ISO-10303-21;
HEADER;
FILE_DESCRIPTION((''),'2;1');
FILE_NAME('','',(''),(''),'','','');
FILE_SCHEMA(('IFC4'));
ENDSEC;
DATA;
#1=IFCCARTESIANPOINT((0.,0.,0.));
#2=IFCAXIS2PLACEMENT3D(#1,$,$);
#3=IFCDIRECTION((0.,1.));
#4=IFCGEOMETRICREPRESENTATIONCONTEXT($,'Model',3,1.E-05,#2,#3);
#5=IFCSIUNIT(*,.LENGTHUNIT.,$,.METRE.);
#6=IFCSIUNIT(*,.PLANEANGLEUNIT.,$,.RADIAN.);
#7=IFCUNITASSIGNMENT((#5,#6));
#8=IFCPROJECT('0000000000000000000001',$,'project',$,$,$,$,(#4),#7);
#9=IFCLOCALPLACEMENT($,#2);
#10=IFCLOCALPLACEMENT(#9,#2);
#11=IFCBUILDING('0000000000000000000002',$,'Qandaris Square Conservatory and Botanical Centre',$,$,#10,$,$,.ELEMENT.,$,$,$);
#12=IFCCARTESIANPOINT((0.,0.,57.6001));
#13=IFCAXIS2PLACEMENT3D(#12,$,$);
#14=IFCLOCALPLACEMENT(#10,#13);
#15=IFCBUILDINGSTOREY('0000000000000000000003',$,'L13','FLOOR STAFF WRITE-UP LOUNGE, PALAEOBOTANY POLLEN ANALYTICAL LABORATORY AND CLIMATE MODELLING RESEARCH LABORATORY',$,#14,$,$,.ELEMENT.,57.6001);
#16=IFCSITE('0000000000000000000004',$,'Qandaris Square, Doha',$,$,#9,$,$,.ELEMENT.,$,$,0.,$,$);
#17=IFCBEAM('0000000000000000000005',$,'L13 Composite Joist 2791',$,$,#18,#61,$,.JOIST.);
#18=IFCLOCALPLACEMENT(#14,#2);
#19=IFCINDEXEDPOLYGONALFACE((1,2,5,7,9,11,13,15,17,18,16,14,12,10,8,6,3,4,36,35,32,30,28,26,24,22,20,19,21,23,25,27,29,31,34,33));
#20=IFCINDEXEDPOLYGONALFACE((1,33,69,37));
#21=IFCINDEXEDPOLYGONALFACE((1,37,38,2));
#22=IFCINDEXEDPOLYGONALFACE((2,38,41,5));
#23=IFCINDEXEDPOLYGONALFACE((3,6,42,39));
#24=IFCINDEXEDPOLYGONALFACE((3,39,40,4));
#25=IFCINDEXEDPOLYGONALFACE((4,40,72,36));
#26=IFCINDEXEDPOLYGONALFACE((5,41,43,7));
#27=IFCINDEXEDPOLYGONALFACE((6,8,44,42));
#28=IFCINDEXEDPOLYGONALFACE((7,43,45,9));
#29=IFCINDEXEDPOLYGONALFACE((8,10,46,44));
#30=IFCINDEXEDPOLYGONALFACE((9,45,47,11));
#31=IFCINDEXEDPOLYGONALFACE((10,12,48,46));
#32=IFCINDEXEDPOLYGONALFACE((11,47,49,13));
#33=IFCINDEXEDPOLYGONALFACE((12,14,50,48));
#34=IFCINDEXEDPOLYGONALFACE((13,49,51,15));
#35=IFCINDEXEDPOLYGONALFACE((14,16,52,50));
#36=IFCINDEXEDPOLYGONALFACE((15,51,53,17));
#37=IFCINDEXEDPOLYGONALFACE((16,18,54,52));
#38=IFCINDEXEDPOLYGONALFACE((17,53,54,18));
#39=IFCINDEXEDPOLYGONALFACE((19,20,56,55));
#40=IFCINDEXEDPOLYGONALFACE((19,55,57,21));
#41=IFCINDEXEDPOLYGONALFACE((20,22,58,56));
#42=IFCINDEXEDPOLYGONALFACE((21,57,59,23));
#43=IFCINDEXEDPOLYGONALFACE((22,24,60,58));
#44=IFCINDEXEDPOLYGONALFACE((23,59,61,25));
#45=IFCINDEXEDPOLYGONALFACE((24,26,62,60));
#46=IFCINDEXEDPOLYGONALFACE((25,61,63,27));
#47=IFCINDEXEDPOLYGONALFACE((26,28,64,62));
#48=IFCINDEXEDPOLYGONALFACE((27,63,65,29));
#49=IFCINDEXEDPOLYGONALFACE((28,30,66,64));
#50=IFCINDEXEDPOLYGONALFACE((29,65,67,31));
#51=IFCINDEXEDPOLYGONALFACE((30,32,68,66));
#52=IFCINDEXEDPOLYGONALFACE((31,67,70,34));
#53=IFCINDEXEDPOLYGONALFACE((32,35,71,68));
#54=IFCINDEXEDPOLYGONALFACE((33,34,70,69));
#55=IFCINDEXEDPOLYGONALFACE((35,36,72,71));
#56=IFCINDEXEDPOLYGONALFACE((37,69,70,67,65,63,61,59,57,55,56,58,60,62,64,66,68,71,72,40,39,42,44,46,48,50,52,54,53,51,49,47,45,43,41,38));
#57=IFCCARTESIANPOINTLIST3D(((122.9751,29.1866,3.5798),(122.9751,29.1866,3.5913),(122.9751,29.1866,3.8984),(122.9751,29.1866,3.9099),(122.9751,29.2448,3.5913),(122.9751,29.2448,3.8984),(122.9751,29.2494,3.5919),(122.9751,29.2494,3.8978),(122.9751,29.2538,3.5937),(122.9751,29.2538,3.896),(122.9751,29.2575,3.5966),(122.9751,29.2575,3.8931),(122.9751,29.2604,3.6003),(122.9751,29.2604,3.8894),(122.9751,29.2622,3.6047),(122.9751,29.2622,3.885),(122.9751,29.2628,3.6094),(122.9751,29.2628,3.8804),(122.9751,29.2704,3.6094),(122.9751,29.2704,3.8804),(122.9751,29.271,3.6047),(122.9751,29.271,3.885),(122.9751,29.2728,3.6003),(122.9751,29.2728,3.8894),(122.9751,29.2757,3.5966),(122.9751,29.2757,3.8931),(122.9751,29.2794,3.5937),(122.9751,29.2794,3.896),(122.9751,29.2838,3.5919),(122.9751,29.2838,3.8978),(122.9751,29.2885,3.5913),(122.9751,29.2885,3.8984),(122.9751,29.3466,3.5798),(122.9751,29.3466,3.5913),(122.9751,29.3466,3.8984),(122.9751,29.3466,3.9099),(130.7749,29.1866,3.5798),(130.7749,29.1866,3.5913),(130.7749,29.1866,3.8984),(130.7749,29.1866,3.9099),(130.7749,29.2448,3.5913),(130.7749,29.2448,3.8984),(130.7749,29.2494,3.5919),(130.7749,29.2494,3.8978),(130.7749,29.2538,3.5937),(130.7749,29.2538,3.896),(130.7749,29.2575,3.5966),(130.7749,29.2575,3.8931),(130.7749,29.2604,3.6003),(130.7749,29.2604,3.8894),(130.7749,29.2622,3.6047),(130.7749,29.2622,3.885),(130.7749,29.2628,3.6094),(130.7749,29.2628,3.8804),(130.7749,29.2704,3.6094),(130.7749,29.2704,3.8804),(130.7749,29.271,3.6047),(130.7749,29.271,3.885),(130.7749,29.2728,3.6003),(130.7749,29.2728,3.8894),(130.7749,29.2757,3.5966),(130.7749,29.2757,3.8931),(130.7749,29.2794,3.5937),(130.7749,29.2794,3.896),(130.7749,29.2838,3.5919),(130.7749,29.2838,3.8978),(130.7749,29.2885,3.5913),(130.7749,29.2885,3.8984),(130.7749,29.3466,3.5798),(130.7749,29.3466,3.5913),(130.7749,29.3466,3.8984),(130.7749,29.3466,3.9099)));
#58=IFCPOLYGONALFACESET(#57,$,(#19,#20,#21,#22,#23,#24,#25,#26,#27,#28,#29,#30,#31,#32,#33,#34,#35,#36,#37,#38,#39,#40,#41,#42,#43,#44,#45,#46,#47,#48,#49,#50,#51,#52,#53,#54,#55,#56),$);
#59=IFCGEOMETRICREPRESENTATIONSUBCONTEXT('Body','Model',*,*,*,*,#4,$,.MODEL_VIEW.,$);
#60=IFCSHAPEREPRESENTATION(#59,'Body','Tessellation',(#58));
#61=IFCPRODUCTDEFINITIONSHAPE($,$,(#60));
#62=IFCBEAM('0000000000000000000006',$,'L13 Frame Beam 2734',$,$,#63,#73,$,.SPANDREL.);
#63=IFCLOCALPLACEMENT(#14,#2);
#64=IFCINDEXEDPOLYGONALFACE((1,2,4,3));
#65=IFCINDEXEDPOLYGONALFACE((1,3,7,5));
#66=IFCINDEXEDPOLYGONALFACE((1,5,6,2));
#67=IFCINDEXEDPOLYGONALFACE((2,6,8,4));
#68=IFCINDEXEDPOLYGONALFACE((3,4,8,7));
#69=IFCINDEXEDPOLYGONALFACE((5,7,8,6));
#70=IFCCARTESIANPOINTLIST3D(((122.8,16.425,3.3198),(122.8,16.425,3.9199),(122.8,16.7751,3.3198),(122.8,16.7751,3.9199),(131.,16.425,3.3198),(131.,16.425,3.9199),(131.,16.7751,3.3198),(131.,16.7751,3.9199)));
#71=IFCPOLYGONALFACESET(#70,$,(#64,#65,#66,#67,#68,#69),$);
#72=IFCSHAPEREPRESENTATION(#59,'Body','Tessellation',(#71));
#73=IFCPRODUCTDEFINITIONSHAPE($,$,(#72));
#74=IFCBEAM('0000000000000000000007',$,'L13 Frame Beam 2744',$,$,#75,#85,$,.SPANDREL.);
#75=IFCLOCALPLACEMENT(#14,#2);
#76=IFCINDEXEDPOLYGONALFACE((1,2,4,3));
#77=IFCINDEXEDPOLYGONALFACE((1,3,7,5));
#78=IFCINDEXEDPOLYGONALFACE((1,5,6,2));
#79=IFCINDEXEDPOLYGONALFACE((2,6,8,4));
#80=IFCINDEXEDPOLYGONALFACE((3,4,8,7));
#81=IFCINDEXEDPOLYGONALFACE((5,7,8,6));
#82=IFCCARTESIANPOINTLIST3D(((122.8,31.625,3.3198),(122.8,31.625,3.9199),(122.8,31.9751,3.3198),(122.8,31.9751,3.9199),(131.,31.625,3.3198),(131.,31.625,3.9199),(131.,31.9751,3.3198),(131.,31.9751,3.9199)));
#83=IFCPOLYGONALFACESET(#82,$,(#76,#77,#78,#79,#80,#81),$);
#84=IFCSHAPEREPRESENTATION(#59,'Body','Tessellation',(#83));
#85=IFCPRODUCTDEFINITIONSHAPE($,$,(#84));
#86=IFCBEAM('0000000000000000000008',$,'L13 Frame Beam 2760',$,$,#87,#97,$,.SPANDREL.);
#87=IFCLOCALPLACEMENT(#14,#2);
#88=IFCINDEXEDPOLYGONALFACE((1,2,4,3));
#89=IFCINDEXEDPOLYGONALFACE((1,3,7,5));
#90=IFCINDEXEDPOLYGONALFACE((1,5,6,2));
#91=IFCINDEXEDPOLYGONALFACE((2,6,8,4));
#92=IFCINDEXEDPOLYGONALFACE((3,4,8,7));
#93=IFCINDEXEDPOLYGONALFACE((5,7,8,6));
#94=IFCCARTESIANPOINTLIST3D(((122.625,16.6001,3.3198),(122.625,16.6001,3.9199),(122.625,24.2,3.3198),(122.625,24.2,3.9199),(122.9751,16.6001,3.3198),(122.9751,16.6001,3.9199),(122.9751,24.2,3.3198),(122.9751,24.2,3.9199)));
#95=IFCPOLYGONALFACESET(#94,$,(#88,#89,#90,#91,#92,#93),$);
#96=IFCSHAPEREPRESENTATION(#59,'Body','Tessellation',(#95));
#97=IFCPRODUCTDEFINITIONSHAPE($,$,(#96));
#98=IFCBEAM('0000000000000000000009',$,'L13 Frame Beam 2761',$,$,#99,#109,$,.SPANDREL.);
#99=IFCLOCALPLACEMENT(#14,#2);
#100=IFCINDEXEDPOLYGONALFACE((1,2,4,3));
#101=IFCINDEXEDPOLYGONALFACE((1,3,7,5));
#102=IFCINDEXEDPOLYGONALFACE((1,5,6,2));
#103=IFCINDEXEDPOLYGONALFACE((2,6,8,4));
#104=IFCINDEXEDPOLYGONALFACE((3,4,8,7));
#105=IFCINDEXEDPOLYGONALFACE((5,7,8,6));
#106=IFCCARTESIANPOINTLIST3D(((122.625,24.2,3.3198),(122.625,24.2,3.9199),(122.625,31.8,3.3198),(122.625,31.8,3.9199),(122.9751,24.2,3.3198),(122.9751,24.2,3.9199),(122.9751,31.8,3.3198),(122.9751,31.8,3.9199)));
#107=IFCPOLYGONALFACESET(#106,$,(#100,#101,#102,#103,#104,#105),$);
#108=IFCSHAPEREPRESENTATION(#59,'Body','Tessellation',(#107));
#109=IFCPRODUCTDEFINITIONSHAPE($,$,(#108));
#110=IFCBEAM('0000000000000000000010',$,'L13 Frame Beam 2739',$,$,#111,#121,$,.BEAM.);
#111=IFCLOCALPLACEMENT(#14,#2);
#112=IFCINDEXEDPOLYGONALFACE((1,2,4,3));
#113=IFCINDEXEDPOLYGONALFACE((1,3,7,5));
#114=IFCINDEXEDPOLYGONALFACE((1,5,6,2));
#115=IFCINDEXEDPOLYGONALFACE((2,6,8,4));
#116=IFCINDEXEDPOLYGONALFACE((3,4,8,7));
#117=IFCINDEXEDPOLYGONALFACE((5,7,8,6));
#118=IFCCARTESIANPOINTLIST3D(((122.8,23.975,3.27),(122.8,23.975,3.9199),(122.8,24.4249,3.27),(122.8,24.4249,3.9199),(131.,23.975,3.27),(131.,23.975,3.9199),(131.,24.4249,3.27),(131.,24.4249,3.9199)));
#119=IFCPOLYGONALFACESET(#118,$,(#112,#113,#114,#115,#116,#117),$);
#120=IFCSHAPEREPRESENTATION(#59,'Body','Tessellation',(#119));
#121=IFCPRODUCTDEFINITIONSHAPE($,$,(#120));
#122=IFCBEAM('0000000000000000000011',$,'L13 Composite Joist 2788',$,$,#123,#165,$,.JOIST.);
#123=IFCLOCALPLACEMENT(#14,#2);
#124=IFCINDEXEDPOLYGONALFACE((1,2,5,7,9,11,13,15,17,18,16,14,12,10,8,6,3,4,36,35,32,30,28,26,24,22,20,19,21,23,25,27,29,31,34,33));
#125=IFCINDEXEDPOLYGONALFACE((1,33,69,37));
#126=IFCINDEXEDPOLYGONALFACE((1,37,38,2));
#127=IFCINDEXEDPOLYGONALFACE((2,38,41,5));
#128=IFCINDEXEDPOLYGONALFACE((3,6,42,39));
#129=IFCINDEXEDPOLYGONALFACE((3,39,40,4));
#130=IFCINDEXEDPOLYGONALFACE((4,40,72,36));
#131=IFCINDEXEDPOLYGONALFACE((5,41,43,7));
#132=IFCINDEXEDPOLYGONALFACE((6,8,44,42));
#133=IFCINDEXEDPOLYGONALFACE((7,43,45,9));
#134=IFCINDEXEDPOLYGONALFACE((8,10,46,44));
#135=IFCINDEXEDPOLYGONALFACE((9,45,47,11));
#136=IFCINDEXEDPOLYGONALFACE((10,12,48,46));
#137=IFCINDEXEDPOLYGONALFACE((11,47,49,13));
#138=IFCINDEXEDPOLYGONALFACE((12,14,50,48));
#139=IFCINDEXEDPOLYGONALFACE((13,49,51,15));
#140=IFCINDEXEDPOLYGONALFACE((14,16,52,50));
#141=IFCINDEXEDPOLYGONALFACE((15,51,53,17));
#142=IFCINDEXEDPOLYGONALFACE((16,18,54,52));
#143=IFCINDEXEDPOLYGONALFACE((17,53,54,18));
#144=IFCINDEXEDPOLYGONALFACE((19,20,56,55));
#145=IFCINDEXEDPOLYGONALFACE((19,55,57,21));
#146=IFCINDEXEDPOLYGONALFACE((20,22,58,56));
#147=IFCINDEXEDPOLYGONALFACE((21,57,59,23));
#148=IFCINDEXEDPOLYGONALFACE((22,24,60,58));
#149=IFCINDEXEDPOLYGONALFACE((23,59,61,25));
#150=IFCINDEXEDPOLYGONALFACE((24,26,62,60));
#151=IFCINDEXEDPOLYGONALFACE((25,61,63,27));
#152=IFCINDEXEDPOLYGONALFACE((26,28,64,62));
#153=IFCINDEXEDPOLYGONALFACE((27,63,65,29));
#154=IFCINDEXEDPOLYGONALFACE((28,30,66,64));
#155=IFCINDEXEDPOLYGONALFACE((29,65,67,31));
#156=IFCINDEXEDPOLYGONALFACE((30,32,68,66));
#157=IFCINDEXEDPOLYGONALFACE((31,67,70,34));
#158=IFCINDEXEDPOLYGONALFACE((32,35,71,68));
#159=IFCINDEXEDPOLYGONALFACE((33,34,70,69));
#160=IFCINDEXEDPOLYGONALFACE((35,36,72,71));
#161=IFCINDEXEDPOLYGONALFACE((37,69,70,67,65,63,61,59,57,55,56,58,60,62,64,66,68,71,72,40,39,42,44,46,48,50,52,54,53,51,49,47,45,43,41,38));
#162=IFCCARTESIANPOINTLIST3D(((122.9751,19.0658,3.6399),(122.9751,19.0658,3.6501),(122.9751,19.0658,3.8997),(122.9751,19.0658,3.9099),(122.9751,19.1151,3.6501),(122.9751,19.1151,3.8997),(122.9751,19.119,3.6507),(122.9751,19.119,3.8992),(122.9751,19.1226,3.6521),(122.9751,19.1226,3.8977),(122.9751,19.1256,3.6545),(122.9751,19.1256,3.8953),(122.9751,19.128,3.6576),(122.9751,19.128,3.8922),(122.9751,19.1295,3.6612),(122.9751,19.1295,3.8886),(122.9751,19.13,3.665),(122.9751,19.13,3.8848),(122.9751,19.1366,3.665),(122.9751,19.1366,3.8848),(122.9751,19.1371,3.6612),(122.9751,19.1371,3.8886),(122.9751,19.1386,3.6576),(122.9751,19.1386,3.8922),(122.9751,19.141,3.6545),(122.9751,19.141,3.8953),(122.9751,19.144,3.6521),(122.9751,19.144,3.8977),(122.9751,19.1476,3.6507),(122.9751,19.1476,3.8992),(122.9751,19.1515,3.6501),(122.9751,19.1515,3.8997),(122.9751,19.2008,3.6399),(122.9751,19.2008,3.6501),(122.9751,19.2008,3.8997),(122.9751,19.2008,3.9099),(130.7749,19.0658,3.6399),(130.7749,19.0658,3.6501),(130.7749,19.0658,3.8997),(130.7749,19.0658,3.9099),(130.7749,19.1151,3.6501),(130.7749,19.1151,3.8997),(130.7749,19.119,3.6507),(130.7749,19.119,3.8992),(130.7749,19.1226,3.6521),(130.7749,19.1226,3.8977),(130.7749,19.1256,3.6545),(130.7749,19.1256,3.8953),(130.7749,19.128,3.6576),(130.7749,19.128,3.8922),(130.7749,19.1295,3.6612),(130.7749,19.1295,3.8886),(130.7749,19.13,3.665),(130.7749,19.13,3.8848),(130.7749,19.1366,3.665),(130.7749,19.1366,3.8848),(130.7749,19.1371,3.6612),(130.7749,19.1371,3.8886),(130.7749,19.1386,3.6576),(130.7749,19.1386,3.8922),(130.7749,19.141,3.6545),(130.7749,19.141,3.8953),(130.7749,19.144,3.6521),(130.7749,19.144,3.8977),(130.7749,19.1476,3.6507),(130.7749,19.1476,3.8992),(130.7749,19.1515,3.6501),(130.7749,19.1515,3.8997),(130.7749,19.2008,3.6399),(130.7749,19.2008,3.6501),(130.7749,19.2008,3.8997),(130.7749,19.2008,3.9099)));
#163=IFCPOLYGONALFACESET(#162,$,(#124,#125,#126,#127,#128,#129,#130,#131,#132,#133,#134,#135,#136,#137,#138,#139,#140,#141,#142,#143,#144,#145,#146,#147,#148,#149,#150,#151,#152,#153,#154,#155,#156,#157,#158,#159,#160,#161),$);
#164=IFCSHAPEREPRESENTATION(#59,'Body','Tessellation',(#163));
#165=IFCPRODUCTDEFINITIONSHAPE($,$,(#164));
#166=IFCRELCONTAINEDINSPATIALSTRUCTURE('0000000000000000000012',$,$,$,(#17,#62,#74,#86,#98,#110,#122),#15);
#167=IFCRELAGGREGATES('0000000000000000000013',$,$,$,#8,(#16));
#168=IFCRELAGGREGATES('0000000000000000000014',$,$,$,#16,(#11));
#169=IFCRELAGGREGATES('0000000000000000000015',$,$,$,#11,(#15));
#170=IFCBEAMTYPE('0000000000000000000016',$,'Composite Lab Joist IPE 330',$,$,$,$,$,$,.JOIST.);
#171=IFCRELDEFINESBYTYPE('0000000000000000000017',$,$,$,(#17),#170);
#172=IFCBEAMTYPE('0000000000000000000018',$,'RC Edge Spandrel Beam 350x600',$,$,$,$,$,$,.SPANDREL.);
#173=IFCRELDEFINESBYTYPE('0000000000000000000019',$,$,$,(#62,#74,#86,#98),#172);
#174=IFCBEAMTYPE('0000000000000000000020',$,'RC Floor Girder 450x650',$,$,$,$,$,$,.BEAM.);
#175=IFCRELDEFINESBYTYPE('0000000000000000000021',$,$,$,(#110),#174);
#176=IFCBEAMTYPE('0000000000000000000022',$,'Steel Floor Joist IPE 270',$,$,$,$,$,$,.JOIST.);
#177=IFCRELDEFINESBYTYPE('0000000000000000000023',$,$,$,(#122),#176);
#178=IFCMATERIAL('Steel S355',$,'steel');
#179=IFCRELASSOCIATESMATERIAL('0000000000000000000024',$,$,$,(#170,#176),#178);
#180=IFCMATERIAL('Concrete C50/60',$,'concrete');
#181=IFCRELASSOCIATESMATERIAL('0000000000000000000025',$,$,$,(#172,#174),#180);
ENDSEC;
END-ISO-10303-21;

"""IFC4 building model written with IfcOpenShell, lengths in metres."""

from ifc_helpers import new_model, si_unit, direction, frame, origin, origin_2d, place, context, subcontext, project, spatial, rectangle, i_section, extrude, material, material_profile, profile_set, type_object, element, save


model = new_model("IFC4")

# Units and contexts
model_context = context("Model", 3, precision=1e-05, world=origin(), true_north=direction((0.0, 1.0)))
body_context = subcontext(model_context, "Body", "Model", "MODEL_VIEW")
ifc_project = project(units=[si_unit("LENGTHUNIT", "METRE"), si_unit("PLANEANGLEUNIT", "RADIAN")], contexts=[model_context])

# Site, building, storey
site_placement = place(None, origin())
site = spatial("IfcSite", under=ifc_project, at=site_placement, Name="Qandaris Square, Doha", CompositionType="ELEMENT", RefElevation=0.0)
building_placement = place(site_placement, origin())
building = spatial("IfcBuilding", under=site, at=building_placement, Name="Qandaris Square Conservatory and Botanical Centre", CompositionType="ELEMENT")
storey_placement = place(building_placement, frame((0.0, 0.0, 57.6001)))
storey = spatial("IfcBuildingStorey", under=building, at=storey_placement, Name="L13", Description="FLOOR STAFF WRITE-UP LOUNGE, PALAEOBOTANY POLLEN ANALYTICAL LABORATORY AND CLIMATE MODELLING RESEARCH LABORATORY", CompositionType="ELEMENT", Elevation=57.6001)

# Shared definitions
ifc_material_1 = material(Name="Concrete C50/60", Category="concrete")

# Beams
ifc_material_2 = material(Name="Steel S355", Category="steel")
ifc_material_profile_1 = material_profile(ifc_material_2, i_section(OverallWidth=0.1599, OverallDepth=0.3301, WebThickness=0.0076, FlangeThickness=0.0115, FilletRadius=0.0181, at=origin_2d()), Name="IPE 330")
ifc_profile_set_1 = profile_set([ifc_material_profile_1], Name="Steel S355")
beam_type_1 = type_object("IfcBeamType", Name="Composite Lab Joist IPE 330", PredefinedType="JOIST", material=ifc_profile_set_1)
beam_1_placement = place(storey_placement, frame((122.9751, 29.2666, 3.7449), z_axis=(1.0, 0.0, 0.0), x_axis=(0.0, 1.0, 0.0)))
element("IfcBeam", 1, at=beam_1_placement, inside=storey, type_object=beam_type_1, Name="L13 Composite Joist 2791", PredefinedType="JOIST", context=body_context, shape_type="SweptSolid", body=[
    extrude(i_section(OverallWidth=0.1599, OverallDepth=0.3301, WebThickness=0.0076, FlangeThickness=0.0115, FilletRadius=0.0181, at=origin_2d()), origin(), (0.0, 0.0, 1.0), 7.7998),
])
ifc_material_profile_2 = material_profile(ifc_material_1, rectangle(XDim=0.3501, YDim=0.6001, at=origin_2d()), Name="RC-SP 350x600")
ifc_profile_set_2 = profile_set([ifc_material_profile_2], Name="Concrete C50/60")
beam_type_2 = type_object("IfcBeamType", Name="RC Edge Spandrel Beam 350x600", PredefinedType="SPANDREL", material=ifc_profile_set_2)
for number, where, z_axis, x_axis, name in (
    (2, (122.8, 16.6001, 3.6199), (1.0, 0.0, 0.0), (0.0, 1.0, 0.0), "L13 Frame Beam 2734"),
    (3, (122.8, 31.8, 3.6199), (1.0, 0.0, 0.0), (0.0, 1.0, 0.0), "L13 Frame Beam 2744"),
):
    element("IfcBeam", number, at=place(storey_placement, frame(where, z_axis=z_axis, x_axis=x_axis)), inside=storey, type_object=beam_type_2, Name=name, PredefinedType="SPANDREL", context=body_context, shape_type="SweptSolid", body=[
        extrude(rectangle(XDim=0.3501, YDim=0.6001, at=origin_2d()), origin(), (0.0, 0.0, 1.0), 8.2),
    ])
beam_2_placement = place(storey_placement, frame((122.8, 16.6001, 3.6199), z_axis=(0.0, 1.0, 0.0), x_axis=(-1.0, 0.0, 0.0)))
element("IfcBeam", 4, at=beam_2_placement, inside=storey, type_object=beam_type_2, Name="L13 Frame Beam 2760", PredefinedType="SPANDREL", context=body_context, shape_type="SweptSolid", body=[
    extrude(rectangle(XDim=0.3501, YDim=0.6001, at=origin_2d()), origin(), (0.0, 0.0, 1.0), 7.5999),
])
beam_3_placement = place(storey_placement, frame((122.8, 24.2, 3.6199), z_axis=(0.0, 1.0, 0.0), x_axis=(-1.0, 0.0, 0.0)))
element("IfcBeam", 5, at=beam_3_placement, inside=storey, type_object=beam_type_2, Name="L13 Frame Beam 2761", PredefinedType="SPANDREL", context=body_context, shape_type="SweptSolid", body=[
    extrude(rectangle(XDim=0.3501, YDim=0.6001, at=origin_2d()), origin(), (0.0, 0.0, 1.0), 7.6001),
])
ifc_material_profile_3 = material_profile(ifc_material_1, rectangle(XDim=0.45, YDim=0.6499, at=origin_2d()), Name="RC-BM 450x650")
ifc_profile_set_3 = profile_set([ifc_material_profile_3], Name="Concrete C50/60")
beam_type_3 = type_object("IfcBeamType", Name="RC Floor Girder 450x650", PredefinedType="BEAM", material=ifc_profile_set_3)
beam_4_placement = place(storey_placement, frame((122.8, 24.2, 3.595), z_axis=(1.0, 0.0, 0.0), x_axis=(0.0, 1.0, 0.0)))
element("IfcBeam", 6, at=beam_4_placement, inside=storey, type_object=beam_type_3, Name="L13 Frame Beam 2739", PredefinedType="BEAM", context=body_context, shape_type="SweptSolid", body=[
    extrude(rectangle(XDim=0.45, YDim=0.6499, at=origin_2d()), origin(), (0.0, 0.0, 1.0), 8.2),
])
ifc_material_profile_4 = material_profile(ifc_material_2, i_section(OverallWidth=0.135, OverallDepth=0.27, WebThickness=0.0066, FlangeThickness=0.0103, FilletRadius=0.0149, at=origin_2d()), Name="IPE 270")
ifc_profile_set_4 = profile_set([ifc_material_profile_4], Name="Steel S355")
beam_type_4 = type_object("IfcBeamType", Name="Steel Floor Joist IPE 270", PredefinedType="JOIST", material=ifc_profile_set_4)
beam_5_placement = place(storey_placement, frame((122.9751, 19.1333, 3.7749), z_axis=(1.0, 0.0, 0.0), x_axis=(0.0, 1.0, 0.0)))
element("IfcBeam", 7, at=beam_5_placement, inside=storey, type_object=beam_type_4, Name="L13 Composite Joist 2788", PredefinedType="JOIST", context=body_context, shape_type="SweptSolid", body=[
    extrude(i_section(OverallWidth=0.135, OverallDepth=0.27, WebThickness=0.0066, FlangeThickness=0.0103, FilletRadius=0.0149, at=origin_2d()), origin(), (0.0, 0.0, 1.0), 7.7998),
])

save(model, "model.ifc")
